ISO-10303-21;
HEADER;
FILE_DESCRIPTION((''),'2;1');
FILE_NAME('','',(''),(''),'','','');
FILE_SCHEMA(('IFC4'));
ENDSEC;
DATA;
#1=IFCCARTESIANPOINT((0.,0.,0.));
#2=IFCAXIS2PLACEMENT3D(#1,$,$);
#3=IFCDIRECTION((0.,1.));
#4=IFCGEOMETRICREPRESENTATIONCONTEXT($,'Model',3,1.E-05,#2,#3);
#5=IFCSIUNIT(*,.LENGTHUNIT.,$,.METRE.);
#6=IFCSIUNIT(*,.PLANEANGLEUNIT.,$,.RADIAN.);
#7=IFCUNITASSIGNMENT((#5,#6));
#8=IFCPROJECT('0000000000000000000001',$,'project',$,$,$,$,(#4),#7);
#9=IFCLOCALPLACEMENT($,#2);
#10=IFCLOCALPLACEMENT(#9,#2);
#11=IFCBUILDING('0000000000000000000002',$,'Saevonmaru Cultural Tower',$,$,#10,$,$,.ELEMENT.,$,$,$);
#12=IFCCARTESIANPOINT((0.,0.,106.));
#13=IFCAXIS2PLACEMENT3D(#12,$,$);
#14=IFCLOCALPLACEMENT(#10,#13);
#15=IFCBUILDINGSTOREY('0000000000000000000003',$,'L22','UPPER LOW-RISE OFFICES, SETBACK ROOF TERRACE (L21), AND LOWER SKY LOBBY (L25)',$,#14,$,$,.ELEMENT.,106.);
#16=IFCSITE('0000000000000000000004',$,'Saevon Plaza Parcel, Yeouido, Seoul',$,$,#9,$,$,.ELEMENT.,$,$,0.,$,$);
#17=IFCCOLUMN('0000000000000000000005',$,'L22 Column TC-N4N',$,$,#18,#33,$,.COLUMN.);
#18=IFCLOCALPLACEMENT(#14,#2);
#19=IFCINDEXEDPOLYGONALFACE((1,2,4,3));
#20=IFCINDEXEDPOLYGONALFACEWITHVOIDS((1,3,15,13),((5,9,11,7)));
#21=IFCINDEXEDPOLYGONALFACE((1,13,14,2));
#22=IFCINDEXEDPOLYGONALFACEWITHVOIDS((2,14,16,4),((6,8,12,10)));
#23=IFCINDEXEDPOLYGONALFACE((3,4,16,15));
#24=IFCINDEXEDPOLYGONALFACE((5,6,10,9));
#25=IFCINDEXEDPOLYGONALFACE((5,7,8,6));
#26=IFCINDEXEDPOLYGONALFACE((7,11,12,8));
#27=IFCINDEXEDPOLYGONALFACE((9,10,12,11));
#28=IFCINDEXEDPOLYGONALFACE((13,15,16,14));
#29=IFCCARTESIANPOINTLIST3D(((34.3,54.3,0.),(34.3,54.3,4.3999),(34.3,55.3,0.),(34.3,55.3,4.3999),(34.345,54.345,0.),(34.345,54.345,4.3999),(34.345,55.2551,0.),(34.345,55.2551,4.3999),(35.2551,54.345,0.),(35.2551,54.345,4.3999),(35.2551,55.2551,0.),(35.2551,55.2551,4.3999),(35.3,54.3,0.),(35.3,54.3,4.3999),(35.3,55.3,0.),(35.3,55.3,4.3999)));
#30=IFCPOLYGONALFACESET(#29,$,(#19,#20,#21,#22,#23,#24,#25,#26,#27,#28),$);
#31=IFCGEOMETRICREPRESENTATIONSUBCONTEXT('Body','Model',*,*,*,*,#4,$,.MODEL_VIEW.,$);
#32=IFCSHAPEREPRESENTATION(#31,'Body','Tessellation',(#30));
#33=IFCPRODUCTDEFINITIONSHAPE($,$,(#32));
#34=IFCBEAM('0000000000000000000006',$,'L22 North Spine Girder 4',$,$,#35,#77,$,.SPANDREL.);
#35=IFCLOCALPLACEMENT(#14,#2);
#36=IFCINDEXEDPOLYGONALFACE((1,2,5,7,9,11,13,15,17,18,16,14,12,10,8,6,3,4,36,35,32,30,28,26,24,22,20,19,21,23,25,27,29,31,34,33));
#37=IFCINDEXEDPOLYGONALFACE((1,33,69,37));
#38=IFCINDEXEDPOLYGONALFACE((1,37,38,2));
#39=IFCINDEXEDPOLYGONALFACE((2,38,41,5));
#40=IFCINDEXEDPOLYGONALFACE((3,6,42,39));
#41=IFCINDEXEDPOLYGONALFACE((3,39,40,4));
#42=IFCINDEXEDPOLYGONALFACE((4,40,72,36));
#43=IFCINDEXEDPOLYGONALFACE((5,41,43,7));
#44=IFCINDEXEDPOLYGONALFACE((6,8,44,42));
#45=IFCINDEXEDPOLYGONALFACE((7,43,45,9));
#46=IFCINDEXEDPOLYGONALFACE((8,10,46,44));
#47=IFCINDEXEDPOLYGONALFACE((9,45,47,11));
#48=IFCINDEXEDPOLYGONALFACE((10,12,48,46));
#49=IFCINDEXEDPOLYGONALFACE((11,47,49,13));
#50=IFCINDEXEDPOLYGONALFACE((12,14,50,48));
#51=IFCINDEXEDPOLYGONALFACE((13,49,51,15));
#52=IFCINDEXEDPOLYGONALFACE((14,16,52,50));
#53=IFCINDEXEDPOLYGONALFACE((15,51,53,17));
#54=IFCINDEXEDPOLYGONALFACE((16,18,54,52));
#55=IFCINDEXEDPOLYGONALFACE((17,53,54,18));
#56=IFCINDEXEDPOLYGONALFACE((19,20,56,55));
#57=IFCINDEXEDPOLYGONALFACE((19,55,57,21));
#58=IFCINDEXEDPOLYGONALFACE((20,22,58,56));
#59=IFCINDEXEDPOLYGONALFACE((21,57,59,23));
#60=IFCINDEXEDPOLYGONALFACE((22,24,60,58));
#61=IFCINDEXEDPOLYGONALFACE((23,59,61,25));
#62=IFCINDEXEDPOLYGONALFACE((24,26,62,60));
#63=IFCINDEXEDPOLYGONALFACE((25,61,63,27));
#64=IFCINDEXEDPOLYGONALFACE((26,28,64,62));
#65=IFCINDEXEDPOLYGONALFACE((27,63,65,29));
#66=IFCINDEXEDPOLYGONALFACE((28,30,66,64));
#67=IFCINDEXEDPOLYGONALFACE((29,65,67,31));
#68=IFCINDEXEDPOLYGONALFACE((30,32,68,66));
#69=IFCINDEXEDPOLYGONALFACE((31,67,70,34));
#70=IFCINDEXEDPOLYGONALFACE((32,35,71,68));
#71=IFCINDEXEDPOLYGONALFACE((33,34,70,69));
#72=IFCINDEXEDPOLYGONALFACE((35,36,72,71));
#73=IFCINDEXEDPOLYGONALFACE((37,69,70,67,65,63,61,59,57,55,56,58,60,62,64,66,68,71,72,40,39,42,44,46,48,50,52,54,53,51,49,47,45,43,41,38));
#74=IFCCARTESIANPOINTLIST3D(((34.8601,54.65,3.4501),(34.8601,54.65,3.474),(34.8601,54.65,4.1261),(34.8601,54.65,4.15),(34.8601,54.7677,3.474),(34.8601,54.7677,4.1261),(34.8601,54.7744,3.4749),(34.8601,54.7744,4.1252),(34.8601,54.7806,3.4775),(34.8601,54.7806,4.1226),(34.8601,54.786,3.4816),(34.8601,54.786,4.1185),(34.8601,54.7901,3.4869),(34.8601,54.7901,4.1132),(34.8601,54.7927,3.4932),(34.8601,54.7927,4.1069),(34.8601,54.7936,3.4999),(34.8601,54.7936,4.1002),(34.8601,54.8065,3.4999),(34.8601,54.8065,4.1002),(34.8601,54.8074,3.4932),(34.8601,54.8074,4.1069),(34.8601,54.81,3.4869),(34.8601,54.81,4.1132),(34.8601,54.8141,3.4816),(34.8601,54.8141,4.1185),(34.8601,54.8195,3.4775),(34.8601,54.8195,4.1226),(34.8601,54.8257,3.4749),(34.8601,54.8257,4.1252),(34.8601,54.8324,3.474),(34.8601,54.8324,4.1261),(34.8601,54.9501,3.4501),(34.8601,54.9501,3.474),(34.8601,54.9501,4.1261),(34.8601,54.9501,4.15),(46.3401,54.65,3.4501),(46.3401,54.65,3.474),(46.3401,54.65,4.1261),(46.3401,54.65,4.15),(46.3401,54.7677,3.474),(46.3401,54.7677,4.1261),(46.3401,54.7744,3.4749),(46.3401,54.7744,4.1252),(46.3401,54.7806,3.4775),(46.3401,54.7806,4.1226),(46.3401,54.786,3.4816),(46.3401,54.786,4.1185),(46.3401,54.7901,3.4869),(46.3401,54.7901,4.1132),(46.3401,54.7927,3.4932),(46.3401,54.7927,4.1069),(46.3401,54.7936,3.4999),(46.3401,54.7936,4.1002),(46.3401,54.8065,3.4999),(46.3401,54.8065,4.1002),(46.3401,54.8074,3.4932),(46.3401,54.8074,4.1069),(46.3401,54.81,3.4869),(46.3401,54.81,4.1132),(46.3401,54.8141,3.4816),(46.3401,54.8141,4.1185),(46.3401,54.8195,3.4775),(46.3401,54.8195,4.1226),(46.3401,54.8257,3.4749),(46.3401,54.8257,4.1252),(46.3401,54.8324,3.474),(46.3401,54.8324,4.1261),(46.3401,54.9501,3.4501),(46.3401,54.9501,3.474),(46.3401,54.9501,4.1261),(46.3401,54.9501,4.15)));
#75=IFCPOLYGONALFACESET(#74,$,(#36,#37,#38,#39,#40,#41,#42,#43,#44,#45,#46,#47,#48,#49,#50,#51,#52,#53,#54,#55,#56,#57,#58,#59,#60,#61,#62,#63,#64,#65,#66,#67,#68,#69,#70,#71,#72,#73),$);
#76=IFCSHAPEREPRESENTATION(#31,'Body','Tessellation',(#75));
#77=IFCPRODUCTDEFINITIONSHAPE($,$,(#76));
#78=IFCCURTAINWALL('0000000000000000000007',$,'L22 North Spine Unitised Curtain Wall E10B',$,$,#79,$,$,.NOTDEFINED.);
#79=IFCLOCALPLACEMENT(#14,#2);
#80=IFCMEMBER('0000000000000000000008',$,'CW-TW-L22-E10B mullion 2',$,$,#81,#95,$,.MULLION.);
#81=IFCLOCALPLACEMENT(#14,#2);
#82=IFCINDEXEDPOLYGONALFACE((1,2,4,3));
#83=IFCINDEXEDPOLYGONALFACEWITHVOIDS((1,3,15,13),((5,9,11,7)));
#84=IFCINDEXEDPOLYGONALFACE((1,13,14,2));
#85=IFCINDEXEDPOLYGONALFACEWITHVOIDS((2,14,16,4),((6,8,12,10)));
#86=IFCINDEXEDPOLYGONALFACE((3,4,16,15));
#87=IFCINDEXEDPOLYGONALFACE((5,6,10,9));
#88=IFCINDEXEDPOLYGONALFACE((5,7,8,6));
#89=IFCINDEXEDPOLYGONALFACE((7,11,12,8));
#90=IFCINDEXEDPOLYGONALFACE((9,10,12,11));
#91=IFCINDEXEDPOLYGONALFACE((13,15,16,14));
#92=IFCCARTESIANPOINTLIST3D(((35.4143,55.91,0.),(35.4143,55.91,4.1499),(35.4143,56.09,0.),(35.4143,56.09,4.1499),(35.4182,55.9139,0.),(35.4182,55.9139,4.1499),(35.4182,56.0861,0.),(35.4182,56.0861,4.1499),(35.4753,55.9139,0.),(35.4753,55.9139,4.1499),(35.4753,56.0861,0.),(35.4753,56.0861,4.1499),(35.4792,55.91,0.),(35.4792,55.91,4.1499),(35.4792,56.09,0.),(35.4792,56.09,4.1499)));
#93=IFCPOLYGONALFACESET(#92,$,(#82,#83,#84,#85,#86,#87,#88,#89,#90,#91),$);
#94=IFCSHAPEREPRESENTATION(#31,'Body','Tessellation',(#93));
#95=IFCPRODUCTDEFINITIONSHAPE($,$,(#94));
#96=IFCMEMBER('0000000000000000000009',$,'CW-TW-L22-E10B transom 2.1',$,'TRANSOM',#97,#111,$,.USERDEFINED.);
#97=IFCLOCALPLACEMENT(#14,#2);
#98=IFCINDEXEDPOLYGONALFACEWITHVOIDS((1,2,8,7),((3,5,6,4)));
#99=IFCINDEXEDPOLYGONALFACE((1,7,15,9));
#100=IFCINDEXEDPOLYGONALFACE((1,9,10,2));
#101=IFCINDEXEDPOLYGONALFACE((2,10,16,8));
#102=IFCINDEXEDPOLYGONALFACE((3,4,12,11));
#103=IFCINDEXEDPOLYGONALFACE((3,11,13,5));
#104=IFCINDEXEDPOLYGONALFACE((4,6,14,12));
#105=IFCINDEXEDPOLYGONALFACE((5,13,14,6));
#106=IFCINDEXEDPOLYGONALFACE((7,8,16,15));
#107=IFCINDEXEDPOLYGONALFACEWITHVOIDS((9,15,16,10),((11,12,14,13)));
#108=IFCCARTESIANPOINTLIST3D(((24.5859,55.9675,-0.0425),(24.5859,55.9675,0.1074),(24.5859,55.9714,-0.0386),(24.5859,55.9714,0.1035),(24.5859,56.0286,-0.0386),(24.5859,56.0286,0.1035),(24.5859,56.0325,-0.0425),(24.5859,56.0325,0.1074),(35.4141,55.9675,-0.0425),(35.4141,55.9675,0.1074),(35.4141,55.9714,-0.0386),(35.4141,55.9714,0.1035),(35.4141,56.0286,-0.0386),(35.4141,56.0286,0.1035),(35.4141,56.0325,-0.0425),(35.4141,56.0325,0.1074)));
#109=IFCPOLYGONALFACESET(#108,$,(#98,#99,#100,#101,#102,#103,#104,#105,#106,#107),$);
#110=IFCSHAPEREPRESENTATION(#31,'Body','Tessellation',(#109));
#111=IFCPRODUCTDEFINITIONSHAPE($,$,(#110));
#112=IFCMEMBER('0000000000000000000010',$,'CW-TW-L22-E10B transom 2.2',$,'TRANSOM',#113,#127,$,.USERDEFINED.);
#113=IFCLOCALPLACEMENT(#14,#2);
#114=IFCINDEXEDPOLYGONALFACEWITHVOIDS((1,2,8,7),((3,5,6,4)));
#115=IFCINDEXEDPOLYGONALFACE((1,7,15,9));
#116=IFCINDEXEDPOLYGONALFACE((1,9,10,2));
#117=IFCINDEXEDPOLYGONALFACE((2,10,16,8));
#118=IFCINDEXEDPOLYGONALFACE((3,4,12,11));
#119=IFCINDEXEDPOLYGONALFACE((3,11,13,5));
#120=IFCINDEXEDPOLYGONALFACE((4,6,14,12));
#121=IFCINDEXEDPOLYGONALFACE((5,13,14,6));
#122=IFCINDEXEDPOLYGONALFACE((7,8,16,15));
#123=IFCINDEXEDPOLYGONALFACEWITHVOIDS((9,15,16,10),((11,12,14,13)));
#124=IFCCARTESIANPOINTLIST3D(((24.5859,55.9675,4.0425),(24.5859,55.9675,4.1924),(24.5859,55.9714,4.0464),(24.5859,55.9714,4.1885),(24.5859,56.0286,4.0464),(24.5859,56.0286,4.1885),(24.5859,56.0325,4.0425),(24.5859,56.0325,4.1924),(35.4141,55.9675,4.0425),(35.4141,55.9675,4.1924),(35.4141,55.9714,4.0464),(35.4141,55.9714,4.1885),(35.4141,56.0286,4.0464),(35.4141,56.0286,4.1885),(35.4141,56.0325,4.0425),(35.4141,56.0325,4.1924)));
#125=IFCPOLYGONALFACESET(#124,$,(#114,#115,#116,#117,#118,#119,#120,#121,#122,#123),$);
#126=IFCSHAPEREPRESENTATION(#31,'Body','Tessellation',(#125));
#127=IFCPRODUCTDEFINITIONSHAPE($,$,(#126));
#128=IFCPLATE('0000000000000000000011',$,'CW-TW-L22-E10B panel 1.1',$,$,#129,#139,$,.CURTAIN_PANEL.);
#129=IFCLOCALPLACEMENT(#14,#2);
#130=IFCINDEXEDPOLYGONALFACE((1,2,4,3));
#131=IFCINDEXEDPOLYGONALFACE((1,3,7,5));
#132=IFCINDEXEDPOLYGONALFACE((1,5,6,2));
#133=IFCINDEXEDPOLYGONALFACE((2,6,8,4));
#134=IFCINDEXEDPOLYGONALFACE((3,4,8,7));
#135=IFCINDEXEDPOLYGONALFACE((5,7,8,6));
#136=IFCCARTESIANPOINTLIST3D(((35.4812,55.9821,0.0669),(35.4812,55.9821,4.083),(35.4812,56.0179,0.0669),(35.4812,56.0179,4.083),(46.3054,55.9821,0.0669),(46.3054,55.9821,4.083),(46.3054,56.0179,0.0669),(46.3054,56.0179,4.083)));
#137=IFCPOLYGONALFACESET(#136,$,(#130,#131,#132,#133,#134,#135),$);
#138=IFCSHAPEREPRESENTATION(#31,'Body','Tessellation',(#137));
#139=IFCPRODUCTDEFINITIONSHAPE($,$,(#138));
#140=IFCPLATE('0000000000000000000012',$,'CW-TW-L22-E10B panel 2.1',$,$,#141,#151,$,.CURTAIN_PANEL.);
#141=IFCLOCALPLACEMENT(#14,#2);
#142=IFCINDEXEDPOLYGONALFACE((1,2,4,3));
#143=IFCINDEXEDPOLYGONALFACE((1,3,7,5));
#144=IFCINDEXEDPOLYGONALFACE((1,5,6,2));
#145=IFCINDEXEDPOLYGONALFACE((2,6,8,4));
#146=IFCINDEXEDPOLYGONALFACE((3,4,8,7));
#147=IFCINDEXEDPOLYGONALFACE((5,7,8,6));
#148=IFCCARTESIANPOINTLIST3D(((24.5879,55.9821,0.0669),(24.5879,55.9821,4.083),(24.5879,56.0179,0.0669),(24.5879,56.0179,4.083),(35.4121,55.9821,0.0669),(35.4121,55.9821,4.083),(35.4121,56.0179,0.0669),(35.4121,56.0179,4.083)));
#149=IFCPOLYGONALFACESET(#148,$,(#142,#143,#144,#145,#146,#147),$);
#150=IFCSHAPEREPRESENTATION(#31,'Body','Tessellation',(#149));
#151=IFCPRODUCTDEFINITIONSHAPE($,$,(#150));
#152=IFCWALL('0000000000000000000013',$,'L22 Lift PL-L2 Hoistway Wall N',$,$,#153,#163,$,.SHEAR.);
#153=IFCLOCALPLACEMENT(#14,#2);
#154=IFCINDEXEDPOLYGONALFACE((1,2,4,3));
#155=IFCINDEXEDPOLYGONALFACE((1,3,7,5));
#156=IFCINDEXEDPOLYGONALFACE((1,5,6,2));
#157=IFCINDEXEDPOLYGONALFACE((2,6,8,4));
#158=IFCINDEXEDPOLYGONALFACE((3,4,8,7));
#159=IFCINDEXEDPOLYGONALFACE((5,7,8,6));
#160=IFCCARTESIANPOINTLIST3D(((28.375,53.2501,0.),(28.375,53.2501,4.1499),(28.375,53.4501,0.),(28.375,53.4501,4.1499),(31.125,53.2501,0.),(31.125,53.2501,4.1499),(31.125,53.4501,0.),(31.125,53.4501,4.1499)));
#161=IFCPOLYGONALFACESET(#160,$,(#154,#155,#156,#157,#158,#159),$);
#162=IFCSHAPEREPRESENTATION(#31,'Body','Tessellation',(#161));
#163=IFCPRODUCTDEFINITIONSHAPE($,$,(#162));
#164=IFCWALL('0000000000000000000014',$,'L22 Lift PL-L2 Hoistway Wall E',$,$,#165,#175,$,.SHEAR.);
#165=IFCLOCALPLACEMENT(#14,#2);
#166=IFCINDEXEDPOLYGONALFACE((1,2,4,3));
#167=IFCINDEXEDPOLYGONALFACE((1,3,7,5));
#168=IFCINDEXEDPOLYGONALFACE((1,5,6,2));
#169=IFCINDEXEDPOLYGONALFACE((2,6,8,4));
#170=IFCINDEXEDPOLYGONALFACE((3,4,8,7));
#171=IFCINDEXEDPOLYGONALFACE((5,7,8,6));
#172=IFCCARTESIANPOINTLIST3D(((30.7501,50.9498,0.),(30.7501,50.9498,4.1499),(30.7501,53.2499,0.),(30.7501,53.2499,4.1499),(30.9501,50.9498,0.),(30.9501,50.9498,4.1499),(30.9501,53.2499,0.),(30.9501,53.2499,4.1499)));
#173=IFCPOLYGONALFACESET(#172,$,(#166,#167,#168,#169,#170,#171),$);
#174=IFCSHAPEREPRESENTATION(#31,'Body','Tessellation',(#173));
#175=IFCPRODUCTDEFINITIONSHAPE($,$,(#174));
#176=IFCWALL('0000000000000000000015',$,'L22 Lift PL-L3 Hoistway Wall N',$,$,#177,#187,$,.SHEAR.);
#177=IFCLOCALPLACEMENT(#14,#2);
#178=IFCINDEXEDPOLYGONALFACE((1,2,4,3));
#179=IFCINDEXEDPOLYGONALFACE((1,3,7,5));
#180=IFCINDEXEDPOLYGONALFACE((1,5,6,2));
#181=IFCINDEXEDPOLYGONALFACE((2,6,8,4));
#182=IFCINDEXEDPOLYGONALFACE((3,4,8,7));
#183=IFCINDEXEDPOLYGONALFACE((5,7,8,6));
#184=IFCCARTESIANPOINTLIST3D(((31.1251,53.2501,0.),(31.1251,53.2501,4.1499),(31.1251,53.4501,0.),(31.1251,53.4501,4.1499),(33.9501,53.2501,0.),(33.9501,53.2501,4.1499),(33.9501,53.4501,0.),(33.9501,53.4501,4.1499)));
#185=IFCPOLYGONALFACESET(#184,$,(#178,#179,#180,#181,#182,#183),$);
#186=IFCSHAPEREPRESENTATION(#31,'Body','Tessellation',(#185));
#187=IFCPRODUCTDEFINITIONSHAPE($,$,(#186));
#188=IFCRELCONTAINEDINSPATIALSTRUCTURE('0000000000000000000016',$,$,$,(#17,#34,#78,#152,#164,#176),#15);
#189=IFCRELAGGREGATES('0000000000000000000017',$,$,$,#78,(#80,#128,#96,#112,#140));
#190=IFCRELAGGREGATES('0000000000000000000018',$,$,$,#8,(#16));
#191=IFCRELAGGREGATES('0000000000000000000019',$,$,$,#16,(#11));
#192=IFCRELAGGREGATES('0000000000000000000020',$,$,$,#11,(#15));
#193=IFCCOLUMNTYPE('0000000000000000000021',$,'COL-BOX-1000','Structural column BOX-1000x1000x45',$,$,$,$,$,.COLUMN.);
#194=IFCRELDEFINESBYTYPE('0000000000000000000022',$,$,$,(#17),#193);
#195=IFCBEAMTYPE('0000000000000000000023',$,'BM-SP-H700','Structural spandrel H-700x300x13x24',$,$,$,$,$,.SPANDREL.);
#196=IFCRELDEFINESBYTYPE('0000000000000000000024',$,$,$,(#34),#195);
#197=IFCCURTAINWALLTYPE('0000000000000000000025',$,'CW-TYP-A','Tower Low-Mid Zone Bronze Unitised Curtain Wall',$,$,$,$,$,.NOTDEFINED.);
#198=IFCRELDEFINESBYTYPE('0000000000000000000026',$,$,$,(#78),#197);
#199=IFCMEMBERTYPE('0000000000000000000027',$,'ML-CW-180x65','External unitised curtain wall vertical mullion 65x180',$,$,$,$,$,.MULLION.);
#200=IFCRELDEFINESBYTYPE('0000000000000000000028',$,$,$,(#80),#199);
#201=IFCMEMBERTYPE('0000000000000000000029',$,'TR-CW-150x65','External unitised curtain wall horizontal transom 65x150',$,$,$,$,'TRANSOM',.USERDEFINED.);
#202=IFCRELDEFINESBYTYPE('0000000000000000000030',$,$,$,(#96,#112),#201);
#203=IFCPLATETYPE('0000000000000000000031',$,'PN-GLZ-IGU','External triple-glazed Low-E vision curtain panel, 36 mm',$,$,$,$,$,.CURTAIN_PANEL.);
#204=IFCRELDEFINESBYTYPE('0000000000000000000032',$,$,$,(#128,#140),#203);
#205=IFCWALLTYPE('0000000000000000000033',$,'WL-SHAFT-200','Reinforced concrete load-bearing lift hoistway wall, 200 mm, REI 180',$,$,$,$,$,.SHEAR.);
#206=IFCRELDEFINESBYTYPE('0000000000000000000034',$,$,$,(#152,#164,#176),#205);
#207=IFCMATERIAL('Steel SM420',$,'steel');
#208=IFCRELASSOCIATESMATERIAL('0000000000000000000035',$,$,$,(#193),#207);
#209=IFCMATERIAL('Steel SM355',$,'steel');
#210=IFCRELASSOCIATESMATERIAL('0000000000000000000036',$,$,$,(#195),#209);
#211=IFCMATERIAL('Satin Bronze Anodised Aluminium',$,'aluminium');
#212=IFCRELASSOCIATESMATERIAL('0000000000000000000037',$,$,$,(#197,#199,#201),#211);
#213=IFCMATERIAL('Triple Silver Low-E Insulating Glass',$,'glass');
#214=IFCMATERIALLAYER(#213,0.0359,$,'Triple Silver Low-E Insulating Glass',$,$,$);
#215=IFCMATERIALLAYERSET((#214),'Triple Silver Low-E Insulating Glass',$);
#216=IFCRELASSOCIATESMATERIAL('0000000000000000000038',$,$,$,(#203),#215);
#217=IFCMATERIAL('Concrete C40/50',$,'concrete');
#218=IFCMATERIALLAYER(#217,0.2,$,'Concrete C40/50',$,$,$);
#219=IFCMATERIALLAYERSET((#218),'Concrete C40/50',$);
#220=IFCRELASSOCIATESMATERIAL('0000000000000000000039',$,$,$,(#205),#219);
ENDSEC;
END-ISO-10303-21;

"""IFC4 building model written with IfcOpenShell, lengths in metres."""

from ifc_helpers import new_model, si_unit, direction, frame, frame_2d, origin, origin_2d, place, context, subcontext, project, spatial, rectangle, hollow_rectangle, i_section, extrude, material, layer, layer_set, material_profile, profile_set, type_object, element, aggregate, save


model = new_model("IFC4")

# Units and contexts
model_context = context("Model", 3, precision=1e-05, world=origin(), true_north=direction((0.0, 1.0)))
body_context = subcontext(model_context, "Body", "Model", "MODEL_VIEW")
ifc_project = project(units=[si_unit("LENGTHUNIT", "METRE"), si_unit("PLANEANGLEUNIT", "RADIAN")], contexts=[model_context])

# Site, building, storey
site_placement = place(None, origin())
site = spatial("IfcSite", under=ifc_project, at=site_placement, Name="Saevon Plaza Parcel, Yeouido, Seoul", CompositionType="ELEMENT", RefElevation=0.0)
building_placement = place(site_placement, origin())
building = spatial("IfcBuilding", under=site, at=building_placement, Name="Saevonmaru Cultural Tower", CompositionType="ELEMENT")
storey_placement = place(building_placement, frame((0.0, 0.0, 106.0)))
storey = spatial("IfcBuildingStorey", under=building, at=storey_placement, Name="L22", Description="UPPER LOW-RISE OFFICES, SETBACK ROOF TERRACE (L21), AND LOWER SKY LOBBY (L25)", CompositionType="ELEMENT", Elevation=106.0)

# Column
ifc_material_1 = material(Name="Steel SM420", Category="steel")
ifc_material_profile_1 = material_profile(ifc_material_1, hollow_rectangle(XDim=1.0, YDim=1.0, WallThickness=0.0449, at=origin_2d()), Name="BOX-1000x1000x45")
ifc_profile_set_1 = profile_set([ifc_material_profile_1], Name="Steel SM420")
column_type = type_object("IfcColumnType", Name="COL-BOX-1000", Description="Structural column BOX-1000x1000x45", PredefinedType="COLUMN", material=ifc_profile_set_1)
column_placement = place(storey_placement, frame((34.8, 54.8, 0.0), z_axis=(0.0, 0.0, 1.0), x_axis=(1.0, 0.0, 0.0)))
element("IfcColumn", 1, at=column_placement, inside=storey, type_object=column_type, Name="L22 Column TC-N4N", PredefinedType="COLUMN", context=body_context, shape_type="SweptSolid", body=[
    extrude(hollow_rectangle(XDim=1.0, YDim=1.0, WallThickness=0.0449, at=origin_2d()), origin(), (0.0, 0.0, 1.0), 4.3999),
])

# Beam
ifc_material_2 = material(Name="Steel SM355", Category="steel")
ifc_material_profile_2 = material_profile(ifc_material_2, i_section(OverallWidth=0.3, OverallDepth=0.7, WebThickness=0.0129, FlangeThickness=0.0239, FilletRadius=0.0259, at=origin_2d()), Name="H-700x300x13x24")
ifc_profile_set_2 = profile_set([ifc_material_profile_2], Name="Steel SM355")
beam_type = type_object("IfcBeamType", Name="BM-SP-H700", Description="Structural spandrel H-700x300x13x24", PredefinedType="SPANDREL", material=ifc_profile_set_2)
beam_placement = place(storey_placement, frame((34.8601, 54.8, 3.8), z_axis=(1.0, 0.0, 0.0), x_axis=(0.0, 1.0, 0.0)))
element("IfcBeam", 2, at=beam_placement, inside=storey, type_object=beam_type, Name="L22 North Spine Girder 4", PredefinedType="SPANDREL", context=body_context, shape_type="SweptSolid", body=[
    extrude(i_section(OverallWidth=0.3, OverallDepth=0.7, WebThickness=0.0129, FlangeThickness=0.0239, FilletRadius=0.0259, at=origin_2d()), origin(), (0.0, 0.0, 1.0), 11.48),
])

# Curtain wall, members, plates
ifc_material_3 = material(Name="Satin Bronze Anodised Aluminium", Category="aluminium")
curtain_wall_type = type_object("IfcCurtainWallType", Name="CW-TYP-A", Description="Tower Low-Mid Zone Bronze Unitised Curtain Wall", PredefinedType="NOTDEFINED", material=ifc_material_3)
curtain_wall_placement = place(storey_placement, origin())
curtain_wall = element("IfcCurtainWall", 3, at=curtain_wall_placement, inside=storey, type_object=curtain_wall_type, Name="L22 North Spine Unitised Curtain Wall E10B", PredefinedType="NOTDEFINED")
ifc_material_profile_3 = material_profile(ifc_material_3, hollow_rectangle(XDim=0.0649, YDim=0.1799, WallThickness=0.0039, at=origin_2d()), Name="ALU-MULL-180x65x4")
ifc_profile_set_3 = profile_set([ifc_material_profile_3], Name="Satin Bronze Anodised Aluminium")
member_type_1 = type_object("IfcMemberType", Name="ML-CW-180x65", Description="External unitised curtain wall vertical mullion 65x180", PredefinedType="MULLION", material=ifc_profile_set_3)
member_1_placement = place(storey_placement, frame((35.4468, 56.0, 0.0), z_axis=(0.0, 0.0, 1.0), x_axis=(-1.0, 0.0, 0.0)))
member_1 = element("IfcMember", 4, at=member_1_placement, type_object=member_type_1, Name="CW-TW-L22-E10B mullion 2", PredefinedType="MULLION", context=body_context, shape_type="SweptSolid", body=[
    extrude(hollow_rectangle(XDim=0.0649, YDim=0.1799, WallThickness=0.0039, at=origin_2d()), origin(), (0.0, 0.0, 1.0), 4.1499),
])
ifc_material_profile_4 = material_profile(ifc_material_3, hollow_rectangle(XDim=0.0649, YDim=0.1499, WallThickness=0.0039, at=origin_2d()), Name="ALU-TRAN-150x65x4")
ifc_profile_set_4 = profile_set([ifc_material_profile_4], Name="Satin Bronze Anodised Aluminium")
member_type_2 = type_object("IfcMemberType", Name="TR-CW-150x65", Description="External unitised curtain wall horizontal transom 65x150", ElementType="TRANSOM", PredefinedType="USERDEFINED", material=ifc_profile_set_4)
member_2_placement = place(storey_placement, frame((35.4141, 56.0, 0.0325), z_axis=(-1.0, 0.0, 0.0), x_axis=(0.0, -1.0, 0.0)))
member_2 = element("IfcMember", 5, at=member_2_placement, type_object=member_type_2, Name="CW-TW-L22-E10B transom 2.1", ObjectType="TRANSOM", PredefinedType="USERDEFINED", context=body_context, shape_type="SweptSolid", body=[
    extrude(hollow_rectangle(XDim=0.0649, YDim=0.1499, WallThickness=0.0039, at=origin_2d()), origin(), (0.0, 0.0, 1.0), 10.8281),
])
member_3_placement = place(storey_placement, frame((35.4141, 56.0, 4.1174), z_axis=(-1.0, 0.0, 0.0), x_axis=(0.0, -1.0, 0.0)))
member_3 = element("IfcMember", 6, at=member_3_placement, type_object=member_type_2, Name="CW-TW-L22-E10B transom 2.2", ObjectType="TRANSOM", PredefinedType="USERDEFINED", context=body_context, shape_type="SweptSolid", body=[
    extrude(hollow_rectangle(XDim=0.0649, YDim=0.1499, WallThickness=0.0039, at=origin_2d()), origin(), (0.0, 0.0, 1.0), 10.8281),
])
ifc_material_4 = material(Name="Triple Silver Low-E Insulating Glass", Category="glass")
ifc_layer_1 = layer(ifc_material_4, 0.0359, Name="Triple Silver Low-E Insulating Glass")
ifc_layer_set_1 = layer_set([ifc_layer_1], Name="Triple Silver Low-E Insulating Glass")
plate_type = type_object("IfcPlateType", Name="PN-GLZ-IGU", Description="External triple-glazed Low-E vision curtain panel, 36 mm", PredefinedType="CURTAIN_PANEL", material=ifc_layer_set_1)
plate_1_placement = place(storey_placement, frame((40.8933, 56.0, 0.0669), z_axis=(0.0, 0.0, 1.0), x_axis=(-1.0, 0.0, 0.0)))
plate_1 = element("IfcPlate", 7, at=plate_1_placement, type_object=plate_type, Name="CW-TW-L22-E10B panel 1.1", PredefinedType="CURTAIN_PANEL", context=body_context, shape_type="SweptSolid", body=[
    extrude(rectangle(XDim=10.8242, YDim=0.0359, at=origin_2d()), origin(), (0.0, 0.0, 1.0), 4.0161),
])
plate_2_placement = place(storey_placement, frame((30.0, 56.0, 0.0669), z_axis=(0.0, 0.0, 1.0), x_axis=(-1.0, 0.0, 0.0)))
plate_2 = element("IfcPlate", 8, at=plate_2_placement, type_object=plate_type, Name="CW-TW-L22-E10B panel 2.1", PredefinedType="CURTAIN_PANEL", context=body_context, shape_type="SweptSolid", body=[
    extrude(rectangle(XDim=10.8242, YDim=0.0359, at=origin_2d()), origin(), (0.0, 0.0, 1.0), 4.0161),
])
aggregate(curtain_wall, [member_1, plate_1, member_2, member_3, plate_2])

# Walls
ifc_material_5 = material(Name="Concrete C40/50", Category="concrete")
ifc_layer_2 = layer(ifc_material_5, 0.2, Name="Concrete C40/50")
ifc_layer_set_2 = layer_set([ifc_layer_2], Name="Concrete C40/50")
wall_type_1 = type_object("IfcWallType", Name="WL-SHAFT-200", Description="Reinforced concrete load-bearing lift hoistway wall, 200 mm, REI 180", PredefinedType="SHEAR", material=ifc_layer_set_2)
wall_1_placement = place(storey_placement, frame((28.375, 53.3501, 0.0), z_axis=(0.0, 0.0, 1.0), x_axis=(1.0, 0.0, 0.0)))
element("IfcWall", 9, at=wall_1_placement, inside=storey, type_object=wall_type_1, Name="L22 Lift PL-L2 Hoistway Wall N", PredefinedType="SHEAR", context=body_context, shape_type="SweptSolid", body=[
    extrude(rectangle(XDim=2.75, YDim=0.2, at=frame_2d((1.375, 0.0))), origin(), (0.0, 0.0, 1.0), 4.1499),
])
wall_2_placement = place(storey_placement, frame((30.8501, 50.95, 0.0), z_axis=(0.0, 0.0, 1.0), x_axis=(0.0, 1.0, 0.0)))
element("IfcWall", 10, at=wall_2_placement, inside=storey, type_object=wall_type_1, Name="L22 Lift PL-L2 Hoistway Wall E", PredefinedType="SHEAR", context=body_context, shape_type="SweptSolid", body=[
    extrude(rectangle(XDim=2.3, YDim=0.2, at=frame_2d((1.1499, 0.0))), origin(), (0.0, 0.0, 1.0), 4.1499),
])
wall_3_placement = place(storey_placement, frame((31.125, 53.3501, 0.0), z_axis=(0.0, 0.0, 1.0), x_axis=(1.0, 0.0, 0.0)))
element("IfcWall", 11, at=wall_3_placement, inside=storey, type_object=wall_type_1, Name="L22 Lift PL-L3 Hoistway Wall N", PredefinedType="SHEAR", context=body_context, shape_type="SweptSolid", body=[
    extrude(rectangle(XDim=2.825, YDim=0.2, at=frame_2d((1.4126, 0.0))), origin(), (0.0, 0.0, 1.0), 4.1499),
])

save(model, "model.ifc")
